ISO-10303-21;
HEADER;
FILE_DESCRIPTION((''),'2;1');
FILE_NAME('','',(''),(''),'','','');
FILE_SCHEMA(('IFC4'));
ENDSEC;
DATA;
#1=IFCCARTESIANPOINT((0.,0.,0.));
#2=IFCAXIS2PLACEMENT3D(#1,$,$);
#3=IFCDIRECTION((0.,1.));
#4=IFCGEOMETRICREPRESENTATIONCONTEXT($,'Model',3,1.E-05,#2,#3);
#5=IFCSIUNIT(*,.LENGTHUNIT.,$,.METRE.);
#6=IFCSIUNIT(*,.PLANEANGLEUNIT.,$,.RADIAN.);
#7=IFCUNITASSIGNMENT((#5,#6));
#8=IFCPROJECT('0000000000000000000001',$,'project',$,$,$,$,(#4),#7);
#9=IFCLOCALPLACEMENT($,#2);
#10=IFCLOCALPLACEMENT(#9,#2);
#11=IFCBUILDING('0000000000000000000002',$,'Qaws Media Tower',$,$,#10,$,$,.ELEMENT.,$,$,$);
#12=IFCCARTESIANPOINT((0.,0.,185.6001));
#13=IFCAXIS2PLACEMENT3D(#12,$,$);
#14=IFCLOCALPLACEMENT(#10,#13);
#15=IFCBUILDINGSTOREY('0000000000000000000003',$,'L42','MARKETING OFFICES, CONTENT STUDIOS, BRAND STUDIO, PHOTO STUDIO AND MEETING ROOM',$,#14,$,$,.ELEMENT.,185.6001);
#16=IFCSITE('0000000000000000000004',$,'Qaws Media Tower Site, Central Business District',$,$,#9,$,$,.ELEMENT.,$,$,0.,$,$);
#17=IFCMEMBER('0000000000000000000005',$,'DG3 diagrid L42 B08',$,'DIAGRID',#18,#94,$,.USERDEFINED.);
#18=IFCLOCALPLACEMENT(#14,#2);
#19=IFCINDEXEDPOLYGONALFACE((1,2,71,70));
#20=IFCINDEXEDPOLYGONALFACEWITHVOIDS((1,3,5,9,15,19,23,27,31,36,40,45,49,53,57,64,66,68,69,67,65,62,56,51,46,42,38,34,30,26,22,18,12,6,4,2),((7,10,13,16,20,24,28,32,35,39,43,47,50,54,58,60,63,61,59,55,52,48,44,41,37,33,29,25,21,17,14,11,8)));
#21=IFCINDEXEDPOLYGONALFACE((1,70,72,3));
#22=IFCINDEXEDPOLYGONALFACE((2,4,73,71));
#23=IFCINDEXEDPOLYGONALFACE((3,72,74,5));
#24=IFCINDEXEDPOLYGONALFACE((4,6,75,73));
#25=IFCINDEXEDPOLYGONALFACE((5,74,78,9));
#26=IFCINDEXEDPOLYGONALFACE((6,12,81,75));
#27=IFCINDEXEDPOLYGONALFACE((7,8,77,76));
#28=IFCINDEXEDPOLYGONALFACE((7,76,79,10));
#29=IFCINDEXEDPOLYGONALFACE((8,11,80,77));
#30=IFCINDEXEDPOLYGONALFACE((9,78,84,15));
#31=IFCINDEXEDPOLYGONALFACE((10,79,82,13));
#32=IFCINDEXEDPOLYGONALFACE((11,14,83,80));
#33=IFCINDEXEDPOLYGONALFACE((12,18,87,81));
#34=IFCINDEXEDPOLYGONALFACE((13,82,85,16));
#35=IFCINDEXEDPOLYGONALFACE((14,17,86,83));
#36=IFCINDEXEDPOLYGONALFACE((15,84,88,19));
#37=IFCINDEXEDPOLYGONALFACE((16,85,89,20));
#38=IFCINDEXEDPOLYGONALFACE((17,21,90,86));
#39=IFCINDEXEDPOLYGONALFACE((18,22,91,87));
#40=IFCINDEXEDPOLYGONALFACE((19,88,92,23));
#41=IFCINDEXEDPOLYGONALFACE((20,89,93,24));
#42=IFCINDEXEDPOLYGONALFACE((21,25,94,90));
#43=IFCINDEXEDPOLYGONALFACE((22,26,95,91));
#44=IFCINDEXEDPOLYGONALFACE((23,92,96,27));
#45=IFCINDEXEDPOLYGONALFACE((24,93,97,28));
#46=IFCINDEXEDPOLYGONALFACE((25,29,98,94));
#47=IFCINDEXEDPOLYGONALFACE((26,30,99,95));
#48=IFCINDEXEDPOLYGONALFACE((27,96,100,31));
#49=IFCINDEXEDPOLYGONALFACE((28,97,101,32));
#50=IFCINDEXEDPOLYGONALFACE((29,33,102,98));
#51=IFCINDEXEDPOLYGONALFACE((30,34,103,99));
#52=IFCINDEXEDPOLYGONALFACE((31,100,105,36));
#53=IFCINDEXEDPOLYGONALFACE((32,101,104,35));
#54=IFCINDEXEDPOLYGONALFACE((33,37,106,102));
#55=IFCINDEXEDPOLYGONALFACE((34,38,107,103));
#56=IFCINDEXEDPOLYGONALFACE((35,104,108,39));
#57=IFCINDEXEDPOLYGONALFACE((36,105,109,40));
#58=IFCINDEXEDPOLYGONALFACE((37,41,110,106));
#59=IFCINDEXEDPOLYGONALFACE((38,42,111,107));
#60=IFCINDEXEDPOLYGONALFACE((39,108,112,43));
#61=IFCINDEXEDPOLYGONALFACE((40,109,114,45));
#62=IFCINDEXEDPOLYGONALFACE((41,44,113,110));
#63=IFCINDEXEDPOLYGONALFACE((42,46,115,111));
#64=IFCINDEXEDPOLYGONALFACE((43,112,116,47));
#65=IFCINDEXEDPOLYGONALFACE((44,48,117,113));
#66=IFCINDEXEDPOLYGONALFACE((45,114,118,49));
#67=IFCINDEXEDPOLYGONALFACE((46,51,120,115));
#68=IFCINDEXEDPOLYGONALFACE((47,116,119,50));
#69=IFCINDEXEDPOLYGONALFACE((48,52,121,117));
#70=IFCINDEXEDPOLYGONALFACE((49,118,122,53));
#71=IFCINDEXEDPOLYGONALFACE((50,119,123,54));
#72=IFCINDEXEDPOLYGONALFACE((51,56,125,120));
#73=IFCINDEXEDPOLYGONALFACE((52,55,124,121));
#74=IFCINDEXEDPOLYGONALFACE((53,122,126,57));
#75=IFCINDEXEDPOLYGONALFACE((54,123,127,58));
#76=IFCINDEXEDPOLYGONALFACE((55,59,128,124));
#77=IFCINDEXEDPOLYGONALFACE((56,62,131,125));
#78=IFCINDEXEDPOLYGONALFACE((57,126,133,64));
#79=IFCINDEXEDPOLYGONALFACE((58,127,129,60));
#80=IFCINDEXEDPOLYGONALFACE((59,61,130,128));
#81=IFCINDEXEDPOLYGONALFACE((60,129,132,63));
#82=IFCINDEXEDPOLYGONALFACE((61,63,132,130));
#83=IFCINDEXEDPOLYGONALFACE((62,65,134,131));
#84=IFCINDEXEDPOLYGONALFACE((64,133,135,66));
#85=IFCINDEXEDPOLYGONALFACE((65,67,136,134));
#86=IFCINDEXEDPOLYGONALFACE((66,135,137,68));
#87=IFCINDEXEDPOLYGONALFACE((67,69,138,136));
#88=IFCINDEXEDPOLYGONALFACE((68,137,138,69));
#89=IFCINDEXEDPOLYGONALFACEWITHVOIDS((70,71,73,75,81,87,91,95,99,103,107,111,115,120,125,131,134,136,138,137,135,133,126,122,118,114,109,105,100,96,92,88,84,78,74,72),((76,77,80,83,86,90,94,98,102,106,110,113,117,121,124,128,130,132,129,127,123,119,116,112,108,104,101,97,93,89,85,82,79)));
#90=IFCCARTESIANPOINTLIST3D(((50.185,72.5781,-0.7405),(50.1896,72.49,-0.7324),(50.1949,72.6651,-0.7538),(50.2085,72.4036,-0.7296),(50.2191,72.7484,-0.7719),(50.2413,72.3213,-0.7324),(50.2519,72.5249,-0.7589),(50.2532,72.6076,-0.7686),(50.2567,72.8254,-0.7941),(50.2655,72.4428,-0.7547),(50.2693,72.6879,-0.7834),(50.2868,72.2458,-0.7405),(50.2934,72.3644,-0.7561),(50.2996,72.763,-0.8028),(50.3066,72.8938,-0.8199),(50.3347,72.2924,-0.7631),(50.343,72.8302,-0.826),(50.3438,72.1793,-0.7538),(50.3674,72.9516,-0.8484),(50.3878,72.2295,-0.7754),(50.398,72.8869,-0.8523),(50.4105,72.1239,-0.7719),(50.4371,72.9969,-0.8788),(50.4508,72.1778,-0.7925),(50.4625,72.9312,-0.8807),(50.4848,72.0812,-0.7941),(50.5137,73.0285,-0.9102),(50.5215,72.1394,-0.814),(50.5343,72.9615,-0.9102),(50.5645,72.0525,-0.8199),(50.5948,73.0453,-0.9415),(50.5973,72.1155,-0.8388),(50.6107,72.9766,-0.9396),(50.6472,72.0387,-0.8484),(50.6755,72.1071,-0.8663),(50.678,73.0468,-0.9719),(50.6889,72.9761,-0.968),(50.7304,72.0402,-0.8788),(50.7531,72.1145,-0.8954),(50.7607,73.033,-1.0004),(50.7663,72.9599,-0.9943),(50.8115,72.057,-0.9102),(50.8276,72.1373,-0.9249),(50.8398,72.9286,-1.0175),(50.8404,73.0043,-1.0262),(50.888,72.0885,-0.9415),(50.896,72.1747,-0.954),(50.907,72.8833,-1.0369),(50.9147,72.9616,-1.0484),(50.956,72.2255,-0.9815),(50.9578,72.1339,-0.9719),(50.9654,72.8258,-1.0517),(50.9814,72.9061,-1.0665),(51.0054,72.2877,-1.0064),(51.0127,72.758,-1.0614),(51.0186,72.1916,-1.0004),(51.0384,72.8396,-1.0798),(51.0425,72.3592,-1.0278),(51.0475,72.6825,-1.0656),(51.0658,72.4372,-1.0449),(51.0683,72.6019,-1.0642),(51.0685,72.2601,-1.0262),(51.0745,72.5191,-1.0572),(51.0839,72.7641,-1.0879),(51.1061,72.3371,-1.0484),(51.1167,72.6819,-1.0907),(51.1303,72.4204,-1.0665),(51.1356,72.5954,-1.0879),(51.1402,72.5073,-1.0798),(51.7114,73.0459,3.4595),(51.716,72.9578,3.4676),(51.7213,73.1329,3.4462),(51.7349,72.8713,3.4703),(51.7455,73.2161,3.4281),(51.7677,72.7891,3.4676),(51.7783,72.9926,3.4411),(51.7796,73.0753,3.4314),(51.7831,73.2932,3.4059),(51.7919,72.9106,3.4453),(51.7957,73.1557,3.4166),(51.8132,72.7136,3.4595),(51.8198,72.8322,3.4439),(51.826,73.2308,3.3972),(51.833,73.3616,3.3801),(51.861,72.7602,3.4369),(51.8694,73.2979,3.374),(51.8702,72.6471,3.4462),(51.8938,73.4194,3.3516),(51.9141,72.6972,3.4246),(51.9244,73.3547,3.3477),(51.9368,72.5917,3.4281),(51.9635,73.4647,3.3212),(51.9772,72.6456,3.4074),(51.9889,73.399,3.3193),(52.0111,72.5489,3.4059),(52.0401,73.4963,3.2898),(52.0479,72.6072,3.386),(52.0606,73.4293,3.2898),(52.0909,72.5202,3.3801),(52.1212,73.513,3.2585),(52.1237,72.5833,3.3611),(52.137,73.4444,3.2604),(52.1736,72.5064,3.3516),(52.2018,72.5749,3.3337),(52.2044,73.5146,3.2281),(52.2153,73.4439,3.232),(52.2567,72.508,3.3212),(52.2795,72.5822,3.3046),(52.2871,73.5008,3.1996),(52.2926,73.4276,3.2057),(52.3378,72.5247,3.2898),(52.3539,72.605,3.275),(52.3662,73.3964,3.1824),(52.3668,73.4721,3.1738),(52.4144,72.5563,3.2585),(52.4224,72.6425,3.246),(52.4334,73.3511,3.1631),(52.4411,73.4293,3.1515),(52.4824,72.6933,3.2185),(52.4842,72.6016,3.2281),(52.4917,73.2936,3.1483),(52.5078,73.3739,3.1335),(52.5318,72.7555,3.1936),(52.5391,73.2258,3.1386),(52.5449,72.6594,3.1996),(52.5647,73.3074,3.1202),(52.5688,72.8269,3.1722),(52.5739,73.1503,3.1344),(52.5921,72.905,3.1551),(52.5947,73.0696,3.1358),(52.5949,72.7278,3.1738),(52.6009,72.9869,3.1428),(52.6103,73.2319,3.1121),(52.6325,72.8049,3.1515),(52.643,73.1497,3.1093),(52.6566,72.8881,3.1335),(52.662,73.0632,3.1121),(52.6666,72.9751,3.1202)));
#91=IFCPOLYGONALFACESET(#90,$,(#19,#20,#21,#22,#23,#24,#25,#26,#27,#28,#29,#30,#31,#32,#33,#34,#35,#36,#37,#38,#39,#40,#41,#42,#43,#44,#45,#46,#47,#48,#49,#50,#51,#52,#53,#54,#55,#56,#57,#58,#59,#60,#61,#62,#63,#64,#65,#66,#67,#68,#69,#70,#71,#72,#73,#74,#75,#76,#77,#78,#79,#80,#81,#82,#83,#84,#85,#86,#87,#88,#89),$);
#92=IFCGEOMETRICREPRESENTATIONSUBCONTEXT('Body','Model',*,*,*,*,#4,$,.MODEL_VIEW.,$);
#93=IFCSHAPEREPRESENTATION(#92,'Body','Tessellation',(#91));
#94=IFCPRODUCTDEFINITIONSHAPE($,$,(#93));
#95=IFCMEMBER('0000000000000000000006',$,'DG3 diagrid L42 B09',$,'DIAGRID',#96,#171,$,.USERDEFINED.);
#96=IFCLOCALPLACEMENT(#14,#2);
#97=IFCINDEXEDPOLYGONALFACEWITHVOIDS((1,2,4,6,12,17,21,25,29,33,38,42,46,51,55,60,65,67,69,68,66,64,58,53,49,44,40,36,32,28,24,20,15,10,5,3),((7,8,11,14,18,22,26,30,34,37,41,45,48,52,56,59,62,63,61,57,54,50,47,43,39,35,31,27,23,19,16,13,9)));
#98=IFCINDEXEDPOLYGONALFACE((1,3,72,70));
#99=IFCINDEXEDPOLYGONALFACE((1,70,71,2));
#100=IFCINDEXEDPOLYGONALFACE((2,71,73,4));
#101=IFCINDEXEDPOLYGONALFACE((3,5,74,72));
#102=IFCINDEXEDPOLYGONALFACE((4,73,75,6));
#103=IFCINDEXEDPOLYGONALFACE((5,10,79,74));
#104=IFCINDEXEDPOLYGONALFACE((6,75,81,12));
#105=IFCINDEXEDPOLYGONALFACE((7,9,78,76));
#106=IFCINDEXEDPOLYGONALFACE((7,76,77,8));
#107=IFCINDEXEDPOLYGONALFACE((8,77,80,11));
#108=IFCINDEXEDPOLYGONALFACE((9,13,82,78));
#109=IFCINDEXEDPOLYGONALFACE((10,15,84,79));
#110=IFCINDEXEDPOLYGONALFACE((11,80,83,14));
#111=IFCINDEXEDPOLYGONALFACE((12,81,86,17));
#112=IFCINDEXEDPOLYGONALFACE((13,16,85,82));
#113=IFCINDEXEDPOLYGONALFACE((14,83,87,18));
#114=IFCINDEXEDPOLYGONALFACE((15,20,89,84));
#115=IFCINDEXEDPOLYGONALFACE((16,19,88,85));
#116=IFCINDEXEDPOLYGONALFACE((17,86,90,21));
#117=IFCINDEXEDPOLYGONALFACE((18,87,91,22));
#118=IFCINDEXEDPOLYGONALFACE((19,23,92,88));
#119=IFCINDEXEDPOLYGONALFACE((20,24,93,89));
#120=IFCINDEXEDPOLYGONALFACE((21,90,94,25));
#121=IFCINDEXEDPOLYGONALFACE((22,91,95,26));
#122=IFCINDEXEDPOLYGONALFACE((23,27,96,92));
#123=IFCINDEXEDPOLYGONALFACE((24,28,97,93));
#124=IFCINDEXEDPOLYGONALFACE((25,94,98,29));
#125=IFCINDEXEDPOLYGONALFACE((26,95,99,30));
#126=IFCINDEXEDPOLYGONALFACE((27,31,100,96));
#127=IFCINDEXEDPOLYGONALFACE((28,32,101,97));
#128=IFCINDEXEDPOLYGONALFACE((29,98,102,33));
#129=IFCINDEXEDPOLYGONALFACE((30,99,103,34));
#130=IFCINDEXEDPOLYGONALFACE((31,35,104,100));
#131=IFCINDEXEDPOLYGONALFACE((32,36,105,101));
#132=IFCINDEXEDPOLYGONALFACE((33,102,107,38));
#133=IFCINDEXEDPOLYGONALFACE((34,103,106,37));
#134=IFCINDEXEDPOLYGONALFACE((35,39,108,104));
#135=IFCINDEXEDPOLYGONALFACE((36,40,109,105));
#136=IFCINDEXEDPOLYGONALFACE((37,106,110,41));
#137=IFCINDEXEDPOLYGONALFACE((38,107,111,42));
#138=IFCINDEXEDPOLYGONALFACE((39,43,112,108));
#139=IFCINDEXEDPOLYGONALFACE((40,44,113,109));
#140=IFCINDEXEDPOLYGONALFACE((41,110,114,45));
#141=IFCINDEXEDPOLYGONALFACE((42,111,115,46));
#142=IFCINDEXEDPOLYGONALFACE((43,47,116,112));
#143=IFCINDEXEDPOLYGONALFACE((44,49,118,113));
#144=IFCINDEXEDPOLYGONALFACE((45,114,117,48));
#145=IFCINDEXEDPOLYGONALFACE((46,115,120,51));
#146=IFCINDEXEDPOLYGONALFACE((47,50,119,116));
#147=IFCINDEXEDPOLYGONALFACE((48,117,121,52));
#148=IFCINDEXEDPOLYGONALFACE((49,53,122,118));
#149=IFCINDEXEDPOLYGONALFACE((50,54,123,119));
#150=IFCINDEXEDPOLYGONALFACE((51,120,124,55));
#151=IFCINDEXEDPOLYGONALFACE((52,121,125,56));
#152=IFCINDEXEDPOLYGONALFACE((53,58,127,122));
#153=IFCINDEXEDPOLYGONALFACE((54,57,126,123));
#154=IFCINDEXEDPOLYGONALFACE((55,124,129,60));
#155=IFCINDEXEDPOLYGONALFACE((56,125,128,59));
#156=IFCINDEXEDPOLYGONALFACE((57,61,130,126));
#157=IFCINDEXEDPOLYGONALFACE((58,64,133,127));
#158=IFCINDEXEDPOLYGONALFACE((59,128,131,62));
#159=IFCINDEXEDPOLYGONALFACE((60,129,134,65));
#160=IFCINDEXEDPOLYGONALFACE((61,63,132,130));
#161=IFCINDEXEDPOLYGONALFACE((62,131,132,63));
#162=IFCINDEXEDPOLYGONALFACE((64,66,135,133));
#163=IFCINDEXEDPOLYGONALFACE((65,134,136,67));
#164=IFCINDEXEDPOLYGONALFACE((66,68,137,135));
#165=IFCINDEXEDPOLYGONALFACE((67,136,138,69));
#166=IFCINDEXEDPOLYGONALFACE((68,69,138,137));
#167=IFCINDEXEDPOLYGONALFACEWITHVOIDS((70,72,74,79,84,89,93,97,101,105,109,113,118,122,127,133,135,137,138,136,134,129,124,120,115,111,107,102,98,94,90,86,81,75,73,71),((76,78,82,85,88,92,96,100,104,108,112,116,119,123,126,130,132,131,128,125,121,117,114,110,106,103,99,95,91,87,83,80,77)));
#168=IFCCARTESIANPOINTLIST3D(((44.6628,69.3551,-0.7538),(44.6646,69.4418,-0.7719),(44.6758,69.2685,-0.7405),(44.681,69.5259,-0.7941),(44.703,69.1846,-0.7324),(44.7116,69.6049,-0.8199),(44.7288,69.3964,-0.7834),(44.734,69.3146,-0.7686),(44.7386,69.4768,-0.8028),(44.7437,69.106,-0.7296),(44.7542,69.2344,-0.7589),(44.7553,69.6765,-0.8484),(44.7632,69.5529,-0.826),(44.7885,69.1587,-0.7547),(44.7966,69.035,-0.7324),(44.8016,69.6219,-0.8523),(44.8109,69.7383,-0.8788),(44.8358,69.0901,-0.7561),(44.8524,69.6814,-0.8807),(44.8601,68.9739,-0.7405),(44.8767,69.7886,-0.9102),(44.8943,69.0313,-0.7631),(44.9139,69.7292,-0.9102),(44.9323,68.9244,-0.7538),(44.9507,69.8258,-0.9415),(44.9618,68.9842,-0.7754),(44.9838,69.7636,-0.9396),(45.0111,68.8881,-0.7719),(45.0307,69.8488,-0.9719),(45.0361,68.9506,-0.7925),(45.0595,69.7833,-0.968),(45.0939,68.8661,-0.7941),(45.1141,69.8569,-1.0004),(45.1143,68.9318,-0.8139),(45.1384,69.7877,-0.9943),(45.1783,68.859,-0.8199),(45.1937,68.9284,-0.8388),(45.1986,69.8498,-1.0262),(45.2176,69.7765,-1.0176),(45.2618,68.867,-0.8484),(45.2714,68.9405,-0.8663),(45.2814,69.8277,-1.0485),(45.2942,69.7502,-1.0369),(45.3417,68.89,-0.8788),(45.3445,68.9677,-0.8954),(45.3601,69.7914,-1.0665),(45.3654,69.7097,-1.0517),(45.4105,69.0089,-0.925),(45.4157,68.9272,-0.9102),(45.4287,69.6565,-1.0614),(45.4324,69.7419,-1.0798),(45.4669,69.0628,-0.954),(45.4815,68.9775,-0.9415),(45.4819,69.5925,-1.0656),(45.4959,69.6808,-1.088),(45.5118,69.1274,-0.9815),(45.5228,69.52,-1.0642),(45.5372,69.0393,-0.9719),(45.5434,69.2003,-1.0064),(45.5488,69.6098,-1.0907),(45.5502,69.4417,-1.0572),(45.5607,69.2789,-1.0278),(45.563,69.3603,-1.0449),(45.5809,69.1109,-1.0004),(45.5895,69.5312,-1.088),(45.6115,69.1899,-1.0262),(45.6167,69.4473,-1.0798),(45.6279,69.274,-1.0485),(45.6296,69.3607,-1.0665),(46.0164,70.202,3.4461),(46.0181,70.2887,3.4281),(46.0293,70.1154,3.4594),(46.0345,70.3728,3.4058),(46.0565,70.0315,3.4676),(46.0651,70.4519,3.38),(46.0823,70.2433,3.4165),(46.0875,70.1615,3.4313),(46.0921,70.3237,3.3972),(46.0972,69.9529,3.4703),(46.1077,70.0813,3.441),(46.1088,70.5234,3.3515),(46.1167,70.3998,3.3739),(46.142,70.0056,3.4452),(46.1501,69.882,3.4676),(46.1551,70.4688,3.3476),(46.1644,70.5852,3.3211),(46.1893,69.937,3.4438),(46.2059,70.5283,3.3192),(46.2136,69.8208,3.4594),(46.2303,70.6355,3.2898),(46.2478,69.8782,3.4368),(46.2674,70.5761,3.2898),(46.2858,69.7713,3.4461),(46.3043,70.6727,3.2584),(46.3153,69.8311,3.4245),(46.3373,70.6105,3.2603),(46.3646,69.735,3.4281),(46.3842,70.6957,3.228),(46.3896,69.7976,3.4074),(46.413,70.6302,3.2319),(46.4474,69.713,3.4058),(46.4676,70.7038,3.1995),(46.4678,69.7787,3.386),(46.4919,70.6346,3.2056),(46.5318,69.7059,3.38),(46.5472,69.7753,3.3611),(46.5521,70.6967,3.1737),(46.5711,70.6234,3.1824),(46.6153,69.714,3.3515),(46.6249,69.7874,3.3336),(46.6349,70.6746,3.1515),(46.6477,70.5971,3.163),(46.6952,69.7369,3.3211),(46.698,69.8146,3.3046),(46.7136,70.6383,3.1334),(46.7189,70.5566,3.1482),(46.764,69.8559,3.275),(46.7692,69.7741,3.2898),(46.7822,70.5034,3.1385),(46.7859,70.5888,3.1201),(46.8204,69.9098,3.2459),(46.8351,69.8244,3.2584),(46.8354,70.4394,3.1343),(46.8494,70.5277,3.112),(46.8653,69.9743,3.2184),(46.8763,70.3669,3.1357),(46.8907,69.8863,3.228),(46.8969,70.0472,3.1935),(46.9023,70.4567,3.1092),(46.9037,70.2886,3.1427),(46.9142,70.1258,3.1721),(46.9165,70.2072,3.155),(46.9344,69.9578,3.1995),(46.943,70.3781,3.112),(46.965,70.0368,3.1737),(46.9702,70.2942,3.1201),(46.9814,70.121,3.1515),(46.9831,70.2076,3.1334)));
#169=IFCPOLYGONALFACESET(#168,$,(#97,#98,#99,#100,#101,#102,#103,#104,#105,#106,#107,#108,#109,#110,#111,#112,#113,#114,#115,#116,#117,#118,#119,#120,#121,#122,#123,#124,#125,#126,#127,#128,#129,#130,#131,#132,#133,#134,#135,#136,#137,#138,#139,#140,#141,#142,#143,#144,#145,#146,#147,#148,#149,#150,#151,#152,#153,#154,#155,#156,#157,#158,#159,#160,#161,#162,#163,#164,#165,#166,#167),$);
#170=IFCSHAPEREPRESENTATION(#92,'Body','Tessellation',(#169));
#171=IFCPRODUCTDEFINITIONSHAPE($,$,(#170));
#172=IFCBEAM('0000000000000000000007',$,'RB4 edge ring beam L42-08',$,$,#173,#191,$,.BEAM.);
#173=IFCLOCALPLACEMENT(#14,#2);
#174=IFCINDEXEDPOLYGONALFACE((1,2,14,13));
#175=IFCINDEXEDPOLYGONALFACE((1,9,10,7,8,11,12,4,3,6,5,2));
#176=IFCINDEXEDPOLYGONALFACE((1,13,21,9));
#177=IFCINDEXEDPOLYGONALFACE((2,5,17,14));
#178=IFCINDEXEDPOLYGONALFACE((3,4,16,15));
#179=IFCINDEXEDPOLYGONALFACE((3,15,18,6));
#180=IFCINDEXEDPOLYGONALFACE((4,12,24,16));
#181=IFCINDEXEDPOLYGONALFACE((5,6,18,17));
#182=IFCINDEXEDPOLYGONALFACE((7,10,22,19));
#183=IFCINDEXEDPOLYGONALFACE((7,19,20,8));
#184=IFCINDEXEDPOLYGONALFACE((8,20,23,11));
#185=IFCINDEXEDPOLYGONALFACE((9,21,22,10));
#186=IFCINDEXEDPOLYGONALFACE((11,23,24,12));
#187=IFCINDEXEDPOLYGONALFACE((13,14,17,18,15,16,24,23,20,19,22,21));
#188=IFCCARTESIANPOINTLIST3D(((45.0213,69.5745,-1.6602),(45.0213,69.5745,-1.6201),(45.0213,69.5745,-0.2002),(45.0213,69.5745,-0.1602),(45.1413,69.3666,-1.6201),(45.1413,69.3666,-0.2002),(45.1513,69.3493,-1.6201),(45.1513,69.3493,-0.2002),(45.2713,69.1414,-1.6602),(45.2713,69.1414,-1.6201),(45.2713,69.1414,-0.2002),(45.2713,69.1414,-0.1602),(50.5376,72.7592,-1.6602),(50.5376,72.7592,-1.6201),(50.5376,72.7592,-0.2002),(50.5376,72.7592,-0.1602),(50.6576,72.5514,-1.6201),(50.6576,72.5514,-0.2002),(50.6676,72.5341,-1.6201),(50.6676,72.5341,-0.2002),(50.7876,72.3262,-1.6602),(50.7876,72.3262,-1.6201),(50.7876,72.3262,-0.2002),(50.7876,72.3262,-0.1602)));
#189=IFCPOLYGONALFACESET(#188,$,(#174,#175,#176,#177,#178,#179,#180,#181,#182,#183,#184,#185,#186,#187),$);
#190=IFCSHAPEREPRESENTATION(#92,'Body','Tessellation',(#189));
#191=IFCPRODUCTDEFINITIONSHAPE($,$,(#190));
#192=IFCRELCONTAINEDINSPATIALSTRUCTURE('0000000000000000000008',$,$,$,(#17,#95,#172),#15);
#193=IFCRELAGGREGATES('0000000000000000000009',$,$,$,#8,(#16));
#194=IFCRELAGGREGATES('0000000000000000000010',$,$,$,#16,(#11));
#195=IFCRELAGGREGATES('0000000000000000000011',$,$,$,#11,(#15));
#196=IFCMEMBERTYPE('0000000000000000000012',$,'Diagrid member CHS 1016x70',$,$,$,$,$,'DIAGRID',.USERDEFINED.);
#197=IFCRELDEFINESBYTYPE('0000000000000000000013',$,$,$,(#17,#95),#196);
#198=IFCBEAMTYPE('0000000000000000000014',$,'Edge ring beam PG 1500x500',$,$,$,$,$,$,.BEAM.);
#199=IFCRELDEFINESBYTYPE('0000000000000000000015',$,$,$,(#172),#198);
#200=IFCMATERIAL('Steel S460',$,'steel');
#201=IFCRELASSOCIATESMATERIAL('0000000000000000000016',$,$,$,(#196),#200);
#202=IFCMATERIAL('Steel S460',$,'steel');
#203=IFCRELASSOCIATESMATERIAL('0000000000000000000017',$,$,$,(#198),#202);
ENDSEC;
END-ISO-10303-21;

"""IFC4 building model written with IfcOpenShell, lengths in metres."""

from ifc_helpers import new_model, si_unit, direction, frame, origin, origin_2d, place, context, subcontext, project, spatial, hollow_circle, i_section, extrude, material, material_profile, profile_set, type_object, element, save


model = new_model("IFC4")

# Units and contexts
model_context = context("Model", 3, precision=1e-05, world=origin(), true_north=direction((0.0, 1.0)))
body_context = subcontext(model_context, "Body", "Model", "MODEL_VIEW")
ifc_project = project(units=[si_unit("LENGTHUNIT", "METRE"), si_unit("PLANEANGLEUNIT", "RADIAN")], contexts=[model_context])

# Site, building, storey
site_placement = place(None, origin())
site = spatial("IfcSite", under=ifc_project, at=site_placement, Name="Qaws Media Tower Site, Central Business District", CompositionType="ELEMENT", RefElevation=0.0)
building_placement = place(site_placement, origin())
building = spatial("IfcBuilding", under=site, at=building_placement, Name="Qaws Media Tower", CompositionType="ELEMENT")
storey_placement = place(building_placement, frame((0.0, 0.0, 185.6001)))
storey = spatial("IfcBuildingStorey", under=building, at=storey_placement, Name="L42", Description="MARKETING OFFICES, CONTENT STUDIOS, BRAND STUDIO, PHOTO STUDIO AND MEETING ROOM", CompositionType="ELEMENT", Elevation=185.6001)

# Members
ifc_material_1 = material(Name="Steel S460", Category="steel")
ifc_material_profile_1 = material_profile(ifc_material_1, hollow_circle(Radius=0.5081, WallThickness=0.0701, at=origin_2d()), Name="CHS 1016x70")
ifc_profile_set_1 = profile_set([ifc_material_profile_1], Name="Steel S460")
member_type_1 = type_object("IfcMemberType", Name="Diagrid member CHS 1016x70", ElementType="DIAGRID", PredefinedType="USERDEFINED", material=ifc_profile_set_1)
for number, where, z_axis, x_axis, name in (
    (1, (50.6626, 72.5427, -0.9102), (0.339711, 0.104109, 0.93475), (-0.293011, 0.956109, 0.0), "DG3 diagrid L42 B08"),
    (2, (45.1462, 69.3579, -0.9102), (0.301236, 0.18849, 0.934734), (-0.530439, 0.847723, 0.0), "DG3 diagrid L42 B09"),
):
    element("IfcMember", number, at=place(storey_placement, frame(where, z_axis=z_axis, x_axis=x_axis)), inside=storey, type_object=member_type_1, Name=name, ObjectType="DIAGRID", PredefinedType="USERDEFINED", context=body_context, shape_type="SweptSolid", body=[
        extrude(hollow_circle(Radius=0.5081, WallThickness=0.0701, at=origin_2d()), origin(), (0.0, 0.0, 1.0), 4.4932),
    ])

# Beam
ifc_material_2 = material(Name="Steel S460", Category="steel")
ifc_material_profile_2 = material_profile(ifc_material_2, i_section(OverallWidth=0.5, OverallDepth=1.5, WebThickness=0.02, FlangeThickness=0.04, at=origin_2d()), Name="PG 1500x500")
ifc_profile_set_2 = profile_set([ifc_material_profile_2], Name="Steel S460")
beam_type_1 = type_object("IfcBeamType", Name="Edge ring beam PG 1500x500", PredefinedType="BEAM", material=ifc_profile_set_2)
beam_1_placement = place(storey_placement, frame((50.6626, 72.5427, -0.9102), z_axis=(-0.866029, -0.499993, 0.0), x_axis=(0.499993, -0.866029, 0.0)))
element("IfcBeam", 3, at=beam_1_placement, inside=storey, type_object=beam_type_1, Name="RB4 edge ring beam L42-08", PredefinedType="BEAM", context=body_context, shape_type="SweptSolid", body=[
    extrude(i_section(OverallWidth=0.5, OverallDepth=1.5, WebThickness=0.02, FlangeThickness=0.04, at=origin_2d()), origin(), (0.0, 0.0, 1.0), 6.3696),
])

save(model, "model.ifc")
